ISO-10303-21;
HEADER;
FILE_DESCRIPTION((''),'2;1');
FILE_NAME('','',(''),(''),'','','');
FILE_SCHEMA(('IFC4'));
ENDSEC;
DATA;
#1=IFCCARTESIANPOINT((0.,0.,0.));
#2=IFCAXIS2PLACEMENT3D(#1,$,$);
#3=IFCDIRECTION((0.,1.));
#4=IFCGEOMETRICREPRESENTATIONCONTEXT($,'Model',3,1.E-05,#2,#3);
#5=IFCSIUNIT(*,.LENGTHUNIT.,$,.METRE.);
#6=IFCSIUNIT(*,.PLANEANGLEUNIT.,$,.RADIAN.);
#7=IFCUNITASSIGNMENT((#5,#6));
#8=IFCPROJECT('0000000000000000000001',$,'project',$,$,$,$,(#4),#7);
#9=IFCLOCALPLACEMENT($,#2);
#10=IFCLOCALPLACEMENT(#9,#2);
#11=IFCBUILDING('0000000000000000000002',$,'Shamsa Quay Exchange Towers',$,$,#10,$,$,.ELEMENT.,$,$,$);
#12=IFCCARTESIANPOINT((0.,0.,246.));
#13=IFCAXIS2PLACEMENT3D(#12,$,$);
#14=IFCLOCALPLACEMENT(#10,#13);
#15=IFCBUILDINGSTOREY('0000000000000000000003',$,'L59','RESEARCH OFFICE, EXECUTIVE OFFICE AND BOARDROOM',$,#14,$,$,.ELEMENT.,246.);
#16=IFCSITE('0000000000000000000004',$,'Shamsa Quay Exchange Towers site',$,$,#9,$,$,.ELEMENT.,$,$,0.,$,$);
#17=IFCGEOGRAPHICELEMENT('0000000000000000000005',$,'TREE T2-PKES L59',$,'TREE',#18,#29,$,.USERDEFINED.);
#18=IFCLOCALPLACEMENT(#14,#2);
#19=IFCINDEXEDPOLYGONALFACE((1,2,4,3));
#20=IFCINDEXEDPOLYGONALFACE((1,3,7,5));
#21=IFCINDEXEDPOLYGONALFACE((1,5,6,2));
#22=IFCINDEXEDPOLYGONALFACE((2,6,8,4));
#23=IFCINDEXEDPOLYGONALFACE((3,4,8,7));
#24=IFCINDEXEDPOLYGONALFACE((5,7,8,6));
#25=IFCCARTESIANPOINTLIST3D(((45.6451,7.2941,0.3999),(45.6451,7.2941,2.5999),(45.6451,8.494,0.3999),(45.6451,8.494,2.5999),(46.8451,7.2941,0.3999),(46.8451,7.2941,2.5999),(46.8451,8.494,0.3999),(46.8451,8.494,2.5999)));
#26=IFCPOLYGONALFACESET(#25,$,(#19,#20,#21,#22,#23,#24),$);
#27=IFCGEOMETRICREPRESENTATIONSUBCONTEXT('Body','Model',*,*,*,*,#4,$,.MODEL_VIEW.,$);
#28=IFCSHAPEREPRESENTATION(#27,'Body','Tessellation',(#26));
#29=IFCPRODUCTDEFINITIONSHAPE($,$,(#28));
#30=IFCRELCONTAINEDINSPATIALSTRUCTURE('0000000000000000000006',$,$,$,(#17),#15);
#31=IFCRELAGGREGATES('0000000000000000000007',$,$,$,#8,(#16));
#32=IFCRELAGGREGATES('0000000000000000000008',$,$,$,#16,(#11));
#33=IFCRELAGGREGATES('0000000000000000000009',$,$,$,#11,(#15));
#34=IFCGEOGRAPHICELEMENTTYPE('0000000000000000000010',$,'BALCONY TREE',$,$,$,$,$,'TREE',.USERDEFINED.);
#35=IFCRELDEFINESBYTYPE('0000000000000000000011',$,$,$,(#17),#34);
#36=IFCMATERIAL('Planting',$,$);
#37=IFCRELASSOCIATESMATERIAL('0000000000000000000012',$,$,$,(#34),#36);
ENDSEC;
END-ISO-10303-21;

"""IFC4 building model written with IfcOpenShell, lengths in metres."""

from ifc_helpers import new_model, si_unit, direction, frame, origin, origin_2d, place, context, subcontext, project, spatial, rectangle, extrude, material, type_object, element, save


model = new_model("IFC4")

# Units and contexts
model_context = context("Model", 3, precision=1e-05, world=origin(), true_north=direction((0.0, 1.0)))
body_context = subcontext(model_context, "Body", "Model", "MODEL_VIEW")
ifc_project = project(units=[si_unit("LENGTHUNIT", "METRE"), si_unit("PLANEANGLEUNIT", "RADIAN")], contexts=[model_context])

# Site, building, storey
site_placement = place(None, origin())
site = spatial("IfcSite", under=ifc_project, at=site_placement, Name="Shamsa Quay Exchange Towers site", CompositionType="ELEMENT", RefElevation=0.0)
building_placement = place(site_placement, origin())
building = spatial("IfcBuilding", under=site, at=building_placement, Name="Shamsa Quay Exchange Towers", CompositionType="ELEMENT")
storey_placement = place(building_placement, frame((0.0, 0.0, 246.0)))
storey = spatial("IfcBuildingStorey", under=building, at=storey_placement, Name="L59", Description="RESEARCH OFFICE, EXECUTIVE OFFICE AND BOARDROOM", CompositionType="ELEMENT", Elevation=246.0)

# Geographic element
ifc_material_1 = material(Name="Planting")
geographic_element_type = type_object("IfcGeographicElementType", Name="BALCONY TREE", ElementType="TREE", PredefinedType="USERDEFINED", material=ifc_material_1)
geographic_element_placement = place(storey_placement, frame((46.2451, 7.894, 0.3999), z_axis=(0.0, 0.0, 1.0), x_axis=(0.0, 1.0, 0.0)))
element("IfcGeographicElement", 1, at=geographic_element_placement, inside=storey, type_object=geographic_element_type, Name="TREE T2-PKES L59", ObjectType="TREE", PredefinedType="USERDEFINED", context=body_context, shape_type="SweptSolid", body=[
    extrude(rectangle(XDim=1.2, YDim=1.2, at=origin_2d()), origin(), (0.0, 0.0, 1.0), 2.2),
])

save(model, "model.ifc")
